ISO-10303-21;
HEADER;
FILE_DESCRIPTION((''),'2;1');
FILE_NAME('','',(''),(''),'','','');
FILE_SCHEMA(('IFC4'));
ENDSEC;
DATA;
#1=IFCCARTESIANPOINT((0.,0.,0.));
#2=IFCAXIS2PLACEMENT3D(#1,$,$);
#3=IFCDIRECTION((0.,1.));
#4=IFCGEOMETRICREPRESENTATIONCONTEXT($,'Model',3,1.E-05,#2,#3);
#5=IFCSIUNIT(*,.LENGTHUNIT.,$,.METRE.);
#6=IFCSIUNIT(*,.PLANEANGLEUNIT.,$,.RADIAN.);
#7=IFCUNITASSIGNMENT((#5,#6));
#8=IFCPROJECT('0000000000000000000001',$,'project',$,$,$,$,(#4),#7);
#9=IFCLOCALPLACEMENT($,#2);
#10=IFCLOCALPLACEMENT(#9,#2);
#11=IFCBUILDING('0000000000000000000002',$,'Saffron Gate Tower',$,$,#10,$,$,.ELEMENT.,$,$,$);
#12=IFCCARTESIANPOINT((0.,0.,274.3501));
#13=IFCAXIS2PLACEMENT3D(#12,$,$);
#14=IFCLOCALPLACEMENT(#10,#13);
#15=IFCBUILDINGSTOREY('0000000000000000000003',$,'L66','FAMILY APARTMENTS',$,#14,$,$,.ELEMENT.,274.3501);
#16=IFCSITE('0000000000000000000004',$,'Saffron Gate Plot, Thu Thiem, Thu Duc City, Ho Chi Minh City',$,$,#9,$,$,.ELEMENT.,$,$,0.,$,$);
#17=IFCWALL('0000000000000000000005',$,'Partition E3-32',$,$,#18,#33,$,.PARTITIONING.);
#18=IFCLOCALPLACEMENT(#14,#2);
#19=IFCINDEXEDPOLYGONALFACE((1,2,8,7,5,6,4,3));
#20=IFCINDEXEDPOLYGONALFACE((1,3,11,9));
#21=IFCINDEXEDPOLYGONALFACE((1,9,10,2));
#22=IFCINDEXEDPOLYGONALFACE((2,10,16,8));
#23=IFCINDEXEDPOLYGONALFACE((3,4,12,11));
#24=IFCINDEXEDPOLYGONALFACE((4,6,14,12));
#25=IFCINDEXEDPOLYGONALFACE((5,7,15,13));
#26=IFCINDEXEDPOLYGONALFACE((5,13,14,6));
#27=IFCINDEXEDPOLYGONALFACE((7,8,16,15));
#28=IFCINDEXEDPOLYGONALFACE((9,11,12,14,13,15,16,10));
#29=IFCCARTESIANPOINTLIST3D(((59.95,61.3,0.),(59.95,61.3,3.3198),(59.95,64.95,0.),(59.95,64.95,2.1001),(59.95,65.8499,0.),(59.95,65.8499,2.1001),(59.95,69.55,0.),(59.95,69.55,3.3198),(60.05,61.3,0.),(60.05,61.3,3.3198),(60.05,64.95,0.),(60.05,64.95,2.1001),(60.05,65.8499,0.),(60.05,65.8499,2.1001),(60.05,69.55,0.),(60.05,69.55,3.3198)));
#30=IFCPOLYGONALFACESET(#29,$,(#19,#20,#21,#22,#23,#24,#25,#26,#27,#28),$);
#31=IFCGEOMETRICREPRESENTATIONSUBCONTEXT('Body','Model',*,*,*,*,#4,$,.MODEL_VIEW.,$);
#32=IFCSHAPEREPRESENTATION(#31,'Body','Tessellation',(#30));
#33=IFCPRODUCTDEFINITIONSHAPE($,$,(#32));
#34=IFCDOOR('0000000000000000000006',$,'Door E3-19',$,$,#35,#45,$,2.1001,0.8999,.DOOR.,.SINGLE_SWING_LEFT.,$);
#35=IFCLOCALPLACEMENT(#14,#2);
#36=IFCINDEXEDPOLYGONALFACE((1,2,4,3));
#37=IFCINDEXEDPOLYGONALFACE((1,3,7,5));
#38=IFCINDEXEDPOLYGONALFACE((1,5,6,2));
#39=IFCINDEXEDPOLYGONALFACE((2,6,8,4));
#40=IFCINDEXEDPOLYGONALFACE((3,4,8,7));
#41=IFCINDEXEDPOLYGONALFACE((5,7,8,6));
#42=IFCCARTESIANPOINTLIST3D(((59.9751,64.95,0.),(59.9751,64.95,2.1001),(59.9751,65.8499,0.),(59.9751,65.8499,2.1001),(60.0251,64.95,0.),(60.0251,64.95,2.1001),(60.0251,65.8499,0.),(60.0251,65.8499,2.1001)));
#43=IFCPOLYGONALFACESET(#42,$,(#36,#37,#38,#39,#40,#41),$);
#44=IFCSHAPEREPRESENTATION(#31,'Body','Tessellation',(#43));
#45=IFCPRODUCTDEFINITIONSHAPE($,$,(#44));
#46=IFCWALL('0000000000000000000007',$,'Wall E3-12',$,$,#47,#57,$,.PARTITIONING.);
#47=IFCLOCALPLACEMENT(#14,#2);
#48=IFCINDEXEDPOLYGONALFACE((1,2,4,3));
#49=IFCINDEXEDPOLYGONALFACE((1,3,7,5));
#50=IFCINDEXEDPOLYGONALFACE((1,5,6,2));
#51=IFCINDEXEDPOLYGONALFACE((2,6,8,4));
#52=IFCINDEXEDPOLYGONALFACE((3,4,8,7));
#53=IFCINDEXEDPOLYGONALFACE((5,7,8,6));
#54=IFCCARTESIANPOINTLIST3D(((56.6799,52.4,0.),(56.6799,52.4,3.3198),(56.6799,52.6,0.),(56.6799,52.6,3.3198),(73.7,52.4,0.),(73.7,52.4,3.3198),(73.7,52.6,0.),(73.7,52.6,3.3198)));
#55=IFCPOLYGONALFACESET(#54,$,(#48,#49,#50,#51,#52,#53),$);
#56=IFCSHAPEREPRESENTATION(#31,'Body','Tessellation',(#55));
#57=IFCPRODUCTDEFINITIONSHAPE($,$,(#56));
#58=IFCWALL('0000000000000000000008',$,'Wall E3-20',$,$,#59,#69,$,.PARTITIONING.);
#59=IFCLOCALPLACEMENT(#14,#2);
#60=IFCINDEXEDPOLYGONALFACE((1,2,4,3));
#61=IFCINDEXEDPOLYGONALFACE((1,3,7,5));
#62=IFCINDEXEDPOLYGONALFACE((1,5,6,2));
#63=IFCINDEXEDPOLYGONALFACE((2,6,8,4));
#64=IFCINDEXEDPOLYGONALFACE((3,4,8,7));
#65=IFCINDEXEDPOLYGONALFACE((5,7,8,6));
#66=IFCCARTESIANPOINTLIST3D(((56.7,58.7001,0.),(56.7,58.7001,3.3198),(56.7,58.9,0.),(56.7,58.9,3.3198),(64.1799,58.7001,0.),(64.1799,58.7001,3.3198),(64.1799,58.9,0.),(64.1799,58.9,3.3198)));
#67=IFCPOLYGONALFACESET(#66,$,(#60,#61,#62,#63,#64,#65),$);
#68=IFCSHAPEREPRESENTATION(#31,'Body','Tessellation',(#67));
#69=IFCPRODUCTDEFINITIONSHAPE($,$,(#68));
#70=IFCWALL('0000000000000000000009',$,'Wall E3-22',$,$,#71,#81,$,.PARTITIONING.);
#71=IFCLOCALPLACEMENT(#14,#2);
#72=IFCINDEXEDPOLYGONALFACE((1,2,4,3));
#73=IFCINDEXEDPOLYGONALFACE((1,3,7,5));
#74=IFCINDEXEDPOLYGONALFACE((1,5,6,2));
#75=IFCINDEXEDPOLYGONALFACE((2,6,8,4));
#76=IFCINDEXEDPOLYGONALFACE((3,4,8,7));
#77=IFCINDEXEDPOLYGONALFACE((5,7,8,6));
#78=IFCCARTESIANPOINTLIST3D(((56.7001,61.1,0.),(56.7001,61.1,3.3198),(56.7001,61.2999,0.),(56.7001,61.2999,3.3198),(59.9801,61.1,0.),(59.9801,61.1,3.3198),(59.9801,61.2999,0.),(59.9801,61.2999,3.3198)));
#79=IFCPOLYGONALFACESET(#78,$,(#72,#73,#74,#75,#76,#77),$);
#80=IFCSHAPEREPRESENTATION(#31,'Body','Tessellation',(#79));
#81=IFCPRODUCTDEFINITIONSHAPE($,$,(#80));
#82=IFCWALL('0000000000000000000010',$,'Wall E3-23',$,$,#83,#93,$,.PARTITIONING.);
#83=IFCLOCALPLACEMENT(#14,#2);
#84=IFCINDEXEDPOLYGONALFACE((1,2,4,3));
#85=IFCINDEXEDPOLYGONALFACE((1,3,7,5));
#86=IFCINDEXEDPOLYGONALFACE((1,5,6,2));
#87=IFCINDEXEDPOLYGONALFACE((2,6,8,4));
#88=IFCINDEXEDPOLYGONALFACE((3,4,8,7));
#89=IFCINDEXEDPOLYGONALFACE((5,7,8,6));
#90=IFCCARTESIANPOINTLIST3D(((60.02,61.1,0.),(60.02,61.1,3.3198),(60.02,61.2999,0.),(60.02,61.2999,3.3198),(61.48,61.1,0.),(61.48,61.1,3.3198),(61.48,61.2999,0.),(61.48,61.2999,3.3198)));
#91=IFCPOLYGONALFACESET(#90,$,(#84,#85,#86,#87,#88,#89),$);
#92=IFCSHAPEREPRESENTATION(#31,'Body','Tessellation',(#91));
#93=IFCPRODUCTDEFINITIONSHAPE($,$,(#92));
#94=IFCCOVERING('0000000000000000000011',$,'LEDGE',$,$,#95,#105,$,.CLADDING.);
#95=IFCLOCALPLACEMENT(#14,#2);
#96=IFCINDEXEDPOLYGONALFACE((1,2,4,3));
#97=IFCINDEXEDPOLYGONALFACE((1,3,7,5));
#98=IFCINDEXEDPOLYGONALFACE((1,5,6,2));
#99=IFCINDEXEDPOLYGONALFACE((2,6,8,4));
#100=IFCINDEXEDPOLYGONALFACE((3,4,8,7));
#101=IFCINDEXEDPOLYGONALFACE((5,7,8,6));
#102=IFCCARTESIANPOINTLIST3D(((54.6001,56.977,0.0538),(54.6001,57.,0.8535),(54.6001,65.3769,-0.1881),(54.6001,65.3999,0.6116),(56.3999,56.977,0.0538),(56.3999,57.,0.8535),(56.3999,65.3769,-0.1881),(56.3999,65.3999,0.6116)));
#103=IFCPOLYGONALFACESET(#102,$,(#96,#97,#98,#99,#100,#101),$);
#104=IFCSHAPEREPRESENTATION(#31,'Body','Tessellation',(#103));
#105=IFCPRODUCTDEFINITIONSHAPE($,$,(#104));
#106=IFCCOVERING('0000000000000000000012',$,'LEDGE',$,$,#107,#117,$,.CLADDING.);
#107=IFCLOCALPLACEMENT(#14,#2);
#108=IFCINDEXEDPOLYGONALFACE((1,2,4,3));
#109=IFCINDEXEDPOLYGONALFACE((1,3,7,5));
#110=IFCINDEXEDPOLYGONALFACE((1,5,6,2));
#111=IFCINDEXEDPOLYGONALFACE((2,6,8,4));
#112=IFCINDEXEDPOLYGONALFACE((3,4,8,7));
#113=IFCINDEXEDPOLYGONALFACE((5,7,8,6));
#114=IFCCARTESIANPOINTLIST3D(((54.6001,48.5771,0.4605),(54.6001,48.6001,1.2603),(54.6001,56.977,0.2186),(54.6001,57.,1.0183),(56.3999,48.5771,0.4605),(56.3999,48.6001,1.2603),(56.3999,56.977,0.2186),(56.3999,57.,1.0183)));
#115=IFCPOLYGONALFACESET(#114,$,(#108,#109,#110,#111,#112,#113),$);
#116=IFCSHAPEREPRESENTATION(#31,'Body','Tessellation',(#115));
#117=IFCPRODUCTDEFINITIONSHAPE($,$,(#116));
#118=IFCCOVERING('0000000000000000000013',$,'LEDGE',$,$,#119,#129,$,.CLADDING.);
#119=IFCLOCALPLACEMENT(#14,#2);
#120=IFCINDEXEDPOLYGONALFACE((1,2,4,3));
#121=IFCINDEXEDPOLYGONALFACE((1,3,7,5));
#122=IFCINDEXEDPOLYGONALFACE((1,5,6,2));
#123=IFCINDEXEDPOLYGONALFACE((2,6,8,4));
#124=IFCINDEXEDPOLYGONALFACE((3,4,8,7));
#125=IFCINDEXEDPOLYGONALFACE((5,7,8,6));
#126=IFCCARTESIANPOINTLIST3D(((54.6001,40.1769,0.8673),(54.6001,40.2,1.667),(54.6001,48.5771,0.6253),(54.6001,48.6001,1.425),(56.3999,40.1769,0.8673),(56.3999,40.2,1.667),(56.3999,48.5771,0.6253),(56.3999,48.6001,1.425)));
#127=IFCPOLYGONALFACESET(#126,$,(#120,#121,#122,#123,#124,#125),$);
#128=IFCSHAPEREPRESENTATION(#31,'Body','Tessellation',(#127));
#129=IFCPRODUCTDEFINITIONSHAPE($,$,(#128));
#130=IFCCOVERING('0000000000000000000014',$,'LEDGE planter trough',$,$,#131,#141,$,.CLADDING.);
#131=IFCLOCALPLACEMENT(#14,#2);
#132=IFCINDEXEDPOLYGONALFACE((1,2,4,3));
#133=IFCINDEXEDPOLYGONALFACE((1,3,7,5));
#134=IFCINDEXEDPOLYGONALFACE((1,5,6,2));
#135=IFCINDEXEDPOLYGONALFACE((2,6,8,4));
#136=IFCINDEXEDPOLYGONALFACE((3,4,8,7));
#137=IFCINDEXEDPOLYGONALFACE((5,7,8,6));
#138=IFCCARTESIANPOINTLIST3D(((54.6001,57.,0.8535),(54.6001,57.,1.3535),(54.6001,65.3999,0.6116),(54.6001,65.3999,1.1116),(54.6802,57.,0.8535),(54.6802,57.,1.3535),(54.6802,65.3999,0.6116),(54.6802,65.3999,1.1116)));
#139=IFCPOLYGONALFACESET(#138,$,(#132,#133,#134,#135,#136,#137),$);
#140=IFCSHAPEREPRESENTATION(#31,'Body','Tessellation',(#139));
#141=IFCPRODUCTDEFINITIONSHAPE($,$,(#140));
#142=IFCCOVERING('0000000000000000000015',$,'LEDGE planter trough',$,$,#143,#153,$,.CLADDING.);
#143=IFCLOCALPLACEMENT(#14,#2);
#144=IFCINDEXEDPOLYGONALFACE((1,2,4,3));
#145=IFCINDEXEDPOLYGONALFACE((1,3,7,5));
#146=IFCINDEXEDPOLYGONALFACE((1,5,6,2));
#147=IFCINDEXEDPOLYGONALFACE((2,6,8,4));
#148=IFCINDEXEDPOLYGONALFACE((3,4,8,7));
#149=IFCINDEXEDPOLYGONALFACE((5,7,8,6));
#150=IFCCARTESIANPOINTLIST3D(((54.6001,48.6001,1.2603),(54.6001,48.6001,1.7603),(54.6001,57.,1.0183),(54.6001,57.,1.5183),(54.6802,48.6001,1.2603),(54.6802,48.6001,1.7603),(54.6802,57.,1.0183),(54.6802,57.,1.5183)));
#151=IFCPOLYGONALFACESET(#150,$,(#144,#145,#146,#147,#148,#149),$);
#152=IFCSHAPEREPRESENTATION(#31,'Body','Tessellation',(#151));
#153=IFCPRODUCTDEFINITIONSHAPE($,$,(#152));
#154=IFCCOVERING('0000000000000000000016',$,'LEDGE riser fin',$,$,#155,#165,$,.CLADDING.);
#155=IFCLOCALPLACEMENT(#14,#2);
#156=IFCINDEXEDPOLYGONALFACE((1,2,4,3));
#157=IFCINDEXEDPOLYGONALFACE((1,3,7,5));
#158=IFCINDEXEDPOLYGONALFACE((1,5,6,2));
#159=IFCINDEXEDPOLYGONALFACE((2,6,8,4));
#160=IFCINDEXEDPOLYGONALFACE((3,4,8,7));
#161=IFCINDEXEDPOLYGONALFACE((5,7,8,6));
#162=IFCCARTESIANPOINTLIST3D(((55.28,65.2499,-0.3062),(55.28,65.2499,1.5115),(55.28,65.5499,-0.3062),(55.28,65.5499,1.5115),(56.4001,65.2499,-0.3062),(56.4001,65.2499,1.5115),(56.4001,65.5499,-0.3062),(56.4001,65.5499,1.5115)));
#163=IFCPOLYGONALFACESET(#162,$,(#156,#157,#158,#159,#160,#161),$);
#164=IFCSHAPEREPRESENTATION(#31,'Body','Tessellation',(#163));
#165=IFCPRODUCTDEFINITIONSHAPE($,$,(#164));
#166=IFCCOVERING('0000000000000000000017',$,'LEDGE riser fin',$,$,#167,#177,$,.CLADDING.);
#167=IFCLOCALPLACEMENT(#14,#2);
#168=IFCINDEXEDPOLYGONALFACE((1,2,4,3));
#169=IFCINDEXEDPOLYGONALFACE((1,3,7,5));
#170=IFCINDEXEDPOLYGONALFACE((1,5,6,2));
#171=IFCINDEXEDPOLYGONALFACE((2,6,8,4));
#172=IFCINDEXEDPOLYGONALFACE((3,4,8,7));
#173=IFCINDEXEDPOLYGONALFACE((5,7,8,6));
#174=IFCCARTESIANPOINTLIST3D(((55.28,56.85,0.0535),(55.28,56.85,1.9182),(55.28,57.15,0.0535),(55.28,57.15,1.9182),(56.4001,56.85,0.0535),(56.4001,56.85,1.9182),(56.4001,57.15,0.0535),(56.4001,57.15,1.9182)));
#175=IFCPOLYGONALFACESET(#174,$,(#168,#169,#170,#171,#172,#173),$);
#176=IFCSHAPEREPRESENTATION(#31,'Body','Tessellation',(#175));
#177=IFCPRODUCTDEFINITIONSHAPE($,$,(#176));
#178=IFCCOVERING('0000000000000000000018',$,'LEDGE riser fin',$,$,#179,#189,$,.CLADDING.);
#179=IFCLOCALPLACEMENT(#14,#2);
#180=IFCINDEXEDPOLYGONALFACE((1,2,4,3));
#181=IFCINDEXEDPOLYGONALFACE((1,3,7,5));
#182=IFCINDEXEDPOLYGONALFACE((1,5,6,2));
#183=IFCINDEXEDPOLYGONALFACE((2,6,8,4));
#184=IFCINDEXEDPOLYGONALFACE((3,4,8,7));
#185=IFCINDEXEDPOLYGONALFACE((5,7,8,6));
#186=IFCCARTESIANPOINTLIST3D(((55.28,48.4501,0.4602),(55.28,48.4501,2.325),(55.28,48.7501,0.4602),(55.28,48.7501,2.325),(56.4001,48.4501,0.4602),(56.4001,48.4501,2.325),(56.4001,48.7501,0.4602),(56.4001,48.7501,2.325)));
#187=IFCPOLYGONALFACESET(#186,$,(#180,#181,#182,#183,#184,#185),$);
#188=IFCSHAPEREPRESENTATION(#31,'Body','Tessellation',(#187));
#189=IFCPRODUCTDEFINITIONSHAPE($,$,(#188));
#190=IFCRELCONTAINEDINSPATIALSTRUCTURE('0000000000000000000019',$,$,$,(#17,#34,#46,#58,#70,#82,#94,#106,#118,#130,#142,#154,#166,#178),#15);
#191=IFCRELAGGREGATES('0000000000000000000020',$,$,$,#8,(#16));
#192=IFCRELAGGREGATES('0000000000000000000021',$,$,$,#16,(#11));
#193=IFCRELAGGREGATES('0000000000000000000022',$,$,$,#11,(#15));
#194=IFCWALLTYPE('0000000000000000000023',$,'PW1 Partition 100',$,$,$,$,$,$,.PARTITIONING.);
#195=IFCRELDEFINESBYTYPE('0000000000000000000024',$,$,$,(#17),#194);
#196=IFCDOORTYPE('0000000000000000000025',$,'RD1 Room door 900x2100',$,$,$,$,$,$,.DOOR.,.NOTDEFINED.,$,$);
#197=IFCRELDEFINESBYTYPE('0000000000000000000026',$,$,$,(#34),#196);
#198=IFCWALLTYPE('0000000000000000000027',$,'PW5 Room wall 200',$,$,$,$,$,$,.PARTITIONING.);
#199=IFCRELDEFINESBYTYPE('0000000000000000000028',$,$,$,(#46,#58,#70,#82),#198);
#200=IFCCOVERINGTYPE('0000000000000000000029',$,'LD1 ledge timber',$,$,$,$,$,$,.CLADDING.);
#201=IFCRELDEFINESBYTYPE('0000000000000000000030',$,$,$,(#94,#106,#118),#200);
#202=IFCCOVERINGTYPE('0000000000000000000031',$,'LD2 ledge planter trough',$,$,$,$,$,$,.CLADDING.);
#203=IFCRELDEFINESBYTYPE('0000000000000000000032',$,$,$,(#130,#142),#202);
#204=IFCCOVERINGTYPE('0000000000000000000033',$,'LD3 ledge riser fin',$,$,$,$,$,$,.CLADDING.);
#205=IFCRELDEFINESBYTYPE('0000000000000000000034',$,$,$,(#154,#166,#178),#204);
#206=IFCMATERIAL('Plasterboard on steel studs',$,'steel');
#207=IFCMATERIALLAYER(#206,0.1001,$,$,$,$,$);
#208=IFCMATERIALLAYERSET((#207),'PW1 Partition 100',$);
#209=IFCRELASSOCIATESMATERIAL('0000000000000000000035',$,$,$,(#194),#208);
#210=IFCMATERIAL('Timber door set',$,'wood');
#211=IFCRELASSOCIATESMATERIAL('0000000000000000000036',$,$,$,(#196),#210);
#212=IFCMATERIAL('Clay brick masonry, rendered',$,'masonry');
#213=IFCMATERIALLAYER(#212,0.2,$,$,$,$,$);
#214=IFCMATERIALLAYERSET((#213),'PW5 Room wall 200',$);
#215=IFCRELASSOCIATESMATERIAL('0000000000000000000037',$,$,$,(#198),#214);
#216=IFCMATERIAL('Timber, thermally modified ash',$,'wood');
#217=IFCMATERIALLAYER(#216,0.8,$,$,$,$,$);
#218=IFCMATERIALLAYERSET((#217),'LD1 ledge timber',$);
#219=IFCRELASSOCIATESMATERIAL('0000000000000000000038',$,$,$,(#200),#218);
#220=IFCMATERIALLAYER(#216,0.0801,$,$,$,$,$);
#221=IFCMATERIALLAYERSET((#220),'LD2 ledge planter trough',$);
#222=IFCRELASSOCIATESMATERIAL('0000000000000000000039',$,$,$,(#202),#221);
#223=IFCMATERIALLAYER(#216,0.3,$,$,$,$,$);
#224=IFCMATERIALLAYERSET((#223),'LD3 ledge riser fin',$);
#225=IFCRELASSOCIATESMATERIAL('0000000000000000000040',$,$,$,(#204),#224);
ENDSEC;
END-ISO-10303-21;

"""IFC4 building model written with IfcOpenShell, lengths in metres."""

from ifc_helpers import new_model, si_unit, direction, frame, frame_2d, origin, origin_2d, place, context, subcontext, project, spatial, polyline, rectangle, outline, extrude, material, layer, layer_set, type_object, element, fill, save


model = new_model("IFC4")

# Units and contexts
model_context = context("Model", 3, precision=1e-05, world=origin(), true_north=direction((0.0, 1.0)))
body_context = subcontext(model_context, "Body", "Model", "MODEL_VIEW")
ifc_project = project(units=[si_unit("LENGTHUNIT", "METRE"), si_unit("PLANEANGLEUNIT", "RADIAN")], contexts=[model_context])

# Site, building, storey
site_placement = place(None, origin())
site = spatial("IfcSite", under=ifc_project, at=site_placement, Name="Saffron Gate Plot, Thu Thiem, Thu Duc City, Ho Chi Minh City", CompositionType="ELEMENT", RefElevation=0.0)
building_placement = place(site_placement, origin())
building = spatial("IfcBuilding", under=site, at=building_placement, Name="Saffron Gate Tower", CompositionType="ELEMENT")
storey_placement = place(building_placement, frame((0.0, 0.0, 274.3501)))
storey = spatial("IfcBuildingStorey", under=building, at=storey_placement, Name="L66", Description="FAMILY APARTMENTS", CompositionType="ELEMENT", Elevation=274.3501)

# Shared definitions
ifc_material_1 = material(Name="Plasterboard on steel studs", Category="steel")
ifc_layer_1 = layer(ifc_material_1, 0.1001)
ifc_layer_set_1 = layer_set([ifc_layer_1], Name="PW1 Partition 100")
wall_type_1 = type_object("IfcWallType", Name="PW1 Partition 100", PredefinedType="PARTITIONING", material=ifc_layer_set_1)

# Wall, opening, door
wall_1_placement = place(storey_placement, frame((60.0, 61.3, 0.0), z_axis=(0.0, 0.0, 1.0), x_axis=(0.0, 1.0, 0.0)))
wall_1 = element("IfcWall", 1, at=wall_1_placement, inside=storey, type_object=wall_type_1, Name="Partition E3-32", PredefinedType="PARTITIONING", context=body_context, shape_type="SweptSolid", body=[
    extrude(rectangle(XDim=8.25, YDim=0.1001, at=frame_2d((4.125, 0.0))), origin(), (0.0, 0.0, 1.0), 3.3198),
])
opening_placement = place(wall_1_placement, frame((3.6499, 0.0, 0.0)))
opening = element("IfcOpeningElement", 2, at=opening_placement, cuts=wall_1, PredefinedType="OPENING", context=body_context, shape_type="SweptSolid", body=[
    extrude(rectangle(XDim=0.8999, YDim=2.1001, at=frame_2d((0.45, 1.05))), frame((0.0, 0.0601, 0.0), z_axis=(0.0, -1.0, 0.0), x_axis=(1.0, 0.0, 0.0)), (0.0, 0.0, 1.0), 0.1201),
])
ifc_material_2 = material(Name="Timber door set", Category="wood")
door_type = type_object("IfcDoorType", Name="RD1 Room door 900x2100", OperationType="NOTDEFINED", PredefinedType="DOOR", material=ifc_material_2)
door_placement = place(opening_placement, origin())
door = element("IfcDoor", 3, at=door_placement, inside=storey, type_object=door_type, Name="Door E3-19", OperationType="SINGLE_SWING_LEFT", OverallHeight=2.1001, OverallWidth=0.8999, PredefinedType="DOOR", context=body_context, shape_type="SweptSolid", body=[
    extrude(rectangle(XDim=0.8999, YDim=2.1001, at=frame_2d((0.45, 1.05))), frame((0.0, 0.0249, 0.0), z_axis=(0.0, -1.0, 0.0), x_axis=(1.0, 0.0, 0.0)), (0.0, 0.0, 1.0), 0.05),
])
fill(opening, door)

# Walls
ifc_material_3 = material(Name="Clay brick masonry, rendered", Category="masonry")
ifc_layer_2 = layer(ifc_material_3, 0.2)
ifc_layer_set_2 = layer_set([ifc_layer_2], Name="PW5 Room wall 200")
wall_type_2 = type_object("IfcWallType", Name="PW5 Room wall 200", PredefinedType="PARTITIONING", material=ifc_layer_set_2)
wall_2_placement = place(storey_placement, frame((56.6799, 52.5, 0.0), z_axis=(0.0, 0.0, 1.0), x_axis=(1.0, 0.0, 0.0)))
element("IfcWall", 4, at=wall_2_placement, inside=storey, type_object=wall_type_2, Name="Wall E3-12", PredefinedType="PARTITIONING", context=body_context, shape_type="SweptSolid", body=[
    extrude(rectangle(XDim=17.02, YDim=0.2, at=frame_2d((8.51, 0.0))), origin(), (0.0, 0.0, 1.0), 3.3198),
])
wall_3_placement = place(storey_placement, frame((56.7, 58.8, 0.0), z_axis=(0.0, 0.0, 1.0), x_axis=(1.0, 0.0, 0.0)))
element("IfcWall", 5, at=wall_3_placement, inside=storey, type_object=wall_type_2, Name="Wall E3-20", PredefinedType="PARTITIONING", context=body_context, shape_type="SweptSolid", body=[
    extrude(rectangle(XDim=7.48, YDim=0.2, at=frame_2d((3.74, 0.0))), origin(), (0.0, 0.0, 1.0), 3.3198),
])
wall_4_placement = place(storey_placement, frame((56.7, 61.2, 0.0), z_axis=(0.0, 0.0, 1.0), x_axis=(1.0, 0.0, 0.0)))
element("IfcWall", 6, at=wall_4_placement, inside=storey, type_object=wall_type_2, Name="Wall E3-22", PredefinedType="PARTITIONING", context=body_context, shape_type="SweptSolid", body=[
    extrude(rectangle(XDim=3.28, YDim=0.2, at=frame_2d((1.6401, 0.0))), origin(), (0.0, 0.0, 1.0), 3.3198),
])
wall_5_placement = place(storey_placement, frame((60.02, 61.2, 0.0), z_axis=(0.0, 0.0, 1.0), x_axis=(1.0, 0.0, 0.0)))
element("IfcWall", 7, at=wall_5_placement, inside=storey, type_object=wall_type_2, Name="Wall E3-23", PredefinedType="PARTITIONING", context=body_context, shape_type="SweptSolid", body=[
    extrude(rectangle(XDim=1.46, YDim=0.2, at=frame_2d((0.73, 0.0))), origin(), (0.0, 0.0, 1.0), 3.3198),
])

# Coverings
ifc_material_4 = material(Name="Timber, thermally modified ash", Category="wood")
ifc_layer_3 = layer(ifc_material_4, 0.8)
ifc_layer_set_3 = layer_set([ifc_layer_3], Name="LD1 ledge timber")
covering_type_1 = type_object("IfcCoveringType", Name="LD1 ledge timber", PredefinedType="CLADDING", material=ifc_layer_set_3)
for number, where, z_axis, x_axis, name in (
    (8, (56.3999, 65.3999, 0.6116), (0.0, 0.028791, 0.999585), (0.0, -0.999585, 0.028791), "LEDGE"),
    (9, (56.3999, 57.0, 1.0183), (0.0, 0.028791, 0.999585), (0.0, -0.999585, 0.028791), "LEDGE"),
):
    element("IfcCovering", number, at=place(storey_placement, frame(where, z_axis=z_axis, x_axis=x_axis)), inside=storey, type_object=covering_type_1, Name=name, PredefinedType="CLADDING", context=body_context, shape_type="SweptSolid", body=[
        extrude(outline(polyline([(0.0, 0.0), (8.4034, 0.0), (8.4034, -1.7998), (0.0, -1.7998), (0.0, 0.0)])), origin(), (0.0, 0.0, -1.0), 0.8),
    ])
covering_1_placement = place(storey_placement, frame((56.3999, 48.6001, 1.425), z_axis=(0.0, 0.02879, 0.999585), x_axis=(0.0, -0.999585, 0.02879)))
element("IfcCovering", 10, at=covering_1_placement, inside=storey, type_object=covering_type_1, Name="LEDGE", PredefinedType="CLADDING", context=body_context, shape_type="SweptSolid", body=[
    extrude(outline(polyline([(0.0, 0.0), (8.4036, 0.0), (8.4036, -1.7998), (0.0, -1.7998), (0.0, 0.0)])), origin(), (0.0, 0.0, -1.0), 0.8),
])
ifc_layer_4 = layer(ifc_material_4, 0.0801)
ifc_layer_set_4 = layer_set([ifc_layer_4], Name="LD2 ledge planter trough")
covering_type_2 = type_object("IfcCoveringType", Name="LD2 ledge planter trough", PredefinedType="CLADDING", material=ifc_layer_set_4)
for number, where, z_axis, x_axis, name in (
    (11, (54.6001, 65.3999, 0.6116), (-1.0, 0.0, 0.0), (0.0, -0.999585, 0.028791), "LEDGE planter trough"),
    (12, (54.6001, 57.0, 1.0183), (-1.0, 0.0, 0.0), (0.0, -0.999585, 0.028791), "LEDGE planter trough"),
):
    element("IfcCovering", number, at=place(storey_placement, frame(where, z_axis=z_axis, x_axis=x_axis)), inside=storey, type_object=covering_type_2, Name=name, PredefinedType="CLADDING", context=body_context, shape_type="SweptSolid", body=[
        extrude(outline(polyline([(0.0, 0.0), (8.4034, 0.0), (8.4178, 0.4998), (0.0144, 0.4998), (0.0, 0.0)])), origin(), (0.0, 0.0, -1.0), 0.0801),
    ])
ifc_layer_5 = layer(ifc_material_4, 0.3)
ifc_layer_set_5 = layer_set([ifc_layer_5], Name="LD3 ledge riser fin")
covering_type_3 = type_object("IfcCoveringType", Name="LD3 ledge riser fin", PredefinedType="CLADDING", material=ifc_layer_set_5)
covering_2_placement = place(storey_placement, frame((55.8401, 65.3999, -0.3062), z_axis=(0.0, 0.0, 1.0), x_axis=(0.0, -1.0, 0.0)))
element("IfcCovering", 13, at=covering_2_placement, inside=storey, type_object=covering_type_3, Name="LEDGE riser fin", PredefinedType="CLADDING", context=body_context, shape_type="SweptSolid", body=[
    extrude(rectangle(XDim=0.3, YDim=1.1201, at=origin_2d()), origin(), (0.0, 0.0, 1.0), 1.8176),
])
for number, where, z_axis, x_axis, name in (
    (14, (55.8401, 57.0, 0.0535), (0.0, 0.0, 1.0), (0.0, -1.0, 0.0), "LEDGE riser fin"),
    (15, (55.8401, 48.6001, 0.4602), (0.0, 0.0, 1.0), (0.0, -1.0, 0.0), "LEDGE riser fin"),
):
    element("IfcCovering", number, at=place(storey_placement, frame(where, z_axis=z_axis, x_axis=x_axis)), inside=storey, type_object=covering_type_3, Name=name, PredefinedType="CLADDING", context=body_context, shape_type="SweptSolid", body=[
        extrude(rectangle(XDim=0.3, YDim=1.1201, at=origin_2d()), origin(), (0.0, 0.0, 1.0), 1.8647),
    ])

save(model, "model.ifc")
